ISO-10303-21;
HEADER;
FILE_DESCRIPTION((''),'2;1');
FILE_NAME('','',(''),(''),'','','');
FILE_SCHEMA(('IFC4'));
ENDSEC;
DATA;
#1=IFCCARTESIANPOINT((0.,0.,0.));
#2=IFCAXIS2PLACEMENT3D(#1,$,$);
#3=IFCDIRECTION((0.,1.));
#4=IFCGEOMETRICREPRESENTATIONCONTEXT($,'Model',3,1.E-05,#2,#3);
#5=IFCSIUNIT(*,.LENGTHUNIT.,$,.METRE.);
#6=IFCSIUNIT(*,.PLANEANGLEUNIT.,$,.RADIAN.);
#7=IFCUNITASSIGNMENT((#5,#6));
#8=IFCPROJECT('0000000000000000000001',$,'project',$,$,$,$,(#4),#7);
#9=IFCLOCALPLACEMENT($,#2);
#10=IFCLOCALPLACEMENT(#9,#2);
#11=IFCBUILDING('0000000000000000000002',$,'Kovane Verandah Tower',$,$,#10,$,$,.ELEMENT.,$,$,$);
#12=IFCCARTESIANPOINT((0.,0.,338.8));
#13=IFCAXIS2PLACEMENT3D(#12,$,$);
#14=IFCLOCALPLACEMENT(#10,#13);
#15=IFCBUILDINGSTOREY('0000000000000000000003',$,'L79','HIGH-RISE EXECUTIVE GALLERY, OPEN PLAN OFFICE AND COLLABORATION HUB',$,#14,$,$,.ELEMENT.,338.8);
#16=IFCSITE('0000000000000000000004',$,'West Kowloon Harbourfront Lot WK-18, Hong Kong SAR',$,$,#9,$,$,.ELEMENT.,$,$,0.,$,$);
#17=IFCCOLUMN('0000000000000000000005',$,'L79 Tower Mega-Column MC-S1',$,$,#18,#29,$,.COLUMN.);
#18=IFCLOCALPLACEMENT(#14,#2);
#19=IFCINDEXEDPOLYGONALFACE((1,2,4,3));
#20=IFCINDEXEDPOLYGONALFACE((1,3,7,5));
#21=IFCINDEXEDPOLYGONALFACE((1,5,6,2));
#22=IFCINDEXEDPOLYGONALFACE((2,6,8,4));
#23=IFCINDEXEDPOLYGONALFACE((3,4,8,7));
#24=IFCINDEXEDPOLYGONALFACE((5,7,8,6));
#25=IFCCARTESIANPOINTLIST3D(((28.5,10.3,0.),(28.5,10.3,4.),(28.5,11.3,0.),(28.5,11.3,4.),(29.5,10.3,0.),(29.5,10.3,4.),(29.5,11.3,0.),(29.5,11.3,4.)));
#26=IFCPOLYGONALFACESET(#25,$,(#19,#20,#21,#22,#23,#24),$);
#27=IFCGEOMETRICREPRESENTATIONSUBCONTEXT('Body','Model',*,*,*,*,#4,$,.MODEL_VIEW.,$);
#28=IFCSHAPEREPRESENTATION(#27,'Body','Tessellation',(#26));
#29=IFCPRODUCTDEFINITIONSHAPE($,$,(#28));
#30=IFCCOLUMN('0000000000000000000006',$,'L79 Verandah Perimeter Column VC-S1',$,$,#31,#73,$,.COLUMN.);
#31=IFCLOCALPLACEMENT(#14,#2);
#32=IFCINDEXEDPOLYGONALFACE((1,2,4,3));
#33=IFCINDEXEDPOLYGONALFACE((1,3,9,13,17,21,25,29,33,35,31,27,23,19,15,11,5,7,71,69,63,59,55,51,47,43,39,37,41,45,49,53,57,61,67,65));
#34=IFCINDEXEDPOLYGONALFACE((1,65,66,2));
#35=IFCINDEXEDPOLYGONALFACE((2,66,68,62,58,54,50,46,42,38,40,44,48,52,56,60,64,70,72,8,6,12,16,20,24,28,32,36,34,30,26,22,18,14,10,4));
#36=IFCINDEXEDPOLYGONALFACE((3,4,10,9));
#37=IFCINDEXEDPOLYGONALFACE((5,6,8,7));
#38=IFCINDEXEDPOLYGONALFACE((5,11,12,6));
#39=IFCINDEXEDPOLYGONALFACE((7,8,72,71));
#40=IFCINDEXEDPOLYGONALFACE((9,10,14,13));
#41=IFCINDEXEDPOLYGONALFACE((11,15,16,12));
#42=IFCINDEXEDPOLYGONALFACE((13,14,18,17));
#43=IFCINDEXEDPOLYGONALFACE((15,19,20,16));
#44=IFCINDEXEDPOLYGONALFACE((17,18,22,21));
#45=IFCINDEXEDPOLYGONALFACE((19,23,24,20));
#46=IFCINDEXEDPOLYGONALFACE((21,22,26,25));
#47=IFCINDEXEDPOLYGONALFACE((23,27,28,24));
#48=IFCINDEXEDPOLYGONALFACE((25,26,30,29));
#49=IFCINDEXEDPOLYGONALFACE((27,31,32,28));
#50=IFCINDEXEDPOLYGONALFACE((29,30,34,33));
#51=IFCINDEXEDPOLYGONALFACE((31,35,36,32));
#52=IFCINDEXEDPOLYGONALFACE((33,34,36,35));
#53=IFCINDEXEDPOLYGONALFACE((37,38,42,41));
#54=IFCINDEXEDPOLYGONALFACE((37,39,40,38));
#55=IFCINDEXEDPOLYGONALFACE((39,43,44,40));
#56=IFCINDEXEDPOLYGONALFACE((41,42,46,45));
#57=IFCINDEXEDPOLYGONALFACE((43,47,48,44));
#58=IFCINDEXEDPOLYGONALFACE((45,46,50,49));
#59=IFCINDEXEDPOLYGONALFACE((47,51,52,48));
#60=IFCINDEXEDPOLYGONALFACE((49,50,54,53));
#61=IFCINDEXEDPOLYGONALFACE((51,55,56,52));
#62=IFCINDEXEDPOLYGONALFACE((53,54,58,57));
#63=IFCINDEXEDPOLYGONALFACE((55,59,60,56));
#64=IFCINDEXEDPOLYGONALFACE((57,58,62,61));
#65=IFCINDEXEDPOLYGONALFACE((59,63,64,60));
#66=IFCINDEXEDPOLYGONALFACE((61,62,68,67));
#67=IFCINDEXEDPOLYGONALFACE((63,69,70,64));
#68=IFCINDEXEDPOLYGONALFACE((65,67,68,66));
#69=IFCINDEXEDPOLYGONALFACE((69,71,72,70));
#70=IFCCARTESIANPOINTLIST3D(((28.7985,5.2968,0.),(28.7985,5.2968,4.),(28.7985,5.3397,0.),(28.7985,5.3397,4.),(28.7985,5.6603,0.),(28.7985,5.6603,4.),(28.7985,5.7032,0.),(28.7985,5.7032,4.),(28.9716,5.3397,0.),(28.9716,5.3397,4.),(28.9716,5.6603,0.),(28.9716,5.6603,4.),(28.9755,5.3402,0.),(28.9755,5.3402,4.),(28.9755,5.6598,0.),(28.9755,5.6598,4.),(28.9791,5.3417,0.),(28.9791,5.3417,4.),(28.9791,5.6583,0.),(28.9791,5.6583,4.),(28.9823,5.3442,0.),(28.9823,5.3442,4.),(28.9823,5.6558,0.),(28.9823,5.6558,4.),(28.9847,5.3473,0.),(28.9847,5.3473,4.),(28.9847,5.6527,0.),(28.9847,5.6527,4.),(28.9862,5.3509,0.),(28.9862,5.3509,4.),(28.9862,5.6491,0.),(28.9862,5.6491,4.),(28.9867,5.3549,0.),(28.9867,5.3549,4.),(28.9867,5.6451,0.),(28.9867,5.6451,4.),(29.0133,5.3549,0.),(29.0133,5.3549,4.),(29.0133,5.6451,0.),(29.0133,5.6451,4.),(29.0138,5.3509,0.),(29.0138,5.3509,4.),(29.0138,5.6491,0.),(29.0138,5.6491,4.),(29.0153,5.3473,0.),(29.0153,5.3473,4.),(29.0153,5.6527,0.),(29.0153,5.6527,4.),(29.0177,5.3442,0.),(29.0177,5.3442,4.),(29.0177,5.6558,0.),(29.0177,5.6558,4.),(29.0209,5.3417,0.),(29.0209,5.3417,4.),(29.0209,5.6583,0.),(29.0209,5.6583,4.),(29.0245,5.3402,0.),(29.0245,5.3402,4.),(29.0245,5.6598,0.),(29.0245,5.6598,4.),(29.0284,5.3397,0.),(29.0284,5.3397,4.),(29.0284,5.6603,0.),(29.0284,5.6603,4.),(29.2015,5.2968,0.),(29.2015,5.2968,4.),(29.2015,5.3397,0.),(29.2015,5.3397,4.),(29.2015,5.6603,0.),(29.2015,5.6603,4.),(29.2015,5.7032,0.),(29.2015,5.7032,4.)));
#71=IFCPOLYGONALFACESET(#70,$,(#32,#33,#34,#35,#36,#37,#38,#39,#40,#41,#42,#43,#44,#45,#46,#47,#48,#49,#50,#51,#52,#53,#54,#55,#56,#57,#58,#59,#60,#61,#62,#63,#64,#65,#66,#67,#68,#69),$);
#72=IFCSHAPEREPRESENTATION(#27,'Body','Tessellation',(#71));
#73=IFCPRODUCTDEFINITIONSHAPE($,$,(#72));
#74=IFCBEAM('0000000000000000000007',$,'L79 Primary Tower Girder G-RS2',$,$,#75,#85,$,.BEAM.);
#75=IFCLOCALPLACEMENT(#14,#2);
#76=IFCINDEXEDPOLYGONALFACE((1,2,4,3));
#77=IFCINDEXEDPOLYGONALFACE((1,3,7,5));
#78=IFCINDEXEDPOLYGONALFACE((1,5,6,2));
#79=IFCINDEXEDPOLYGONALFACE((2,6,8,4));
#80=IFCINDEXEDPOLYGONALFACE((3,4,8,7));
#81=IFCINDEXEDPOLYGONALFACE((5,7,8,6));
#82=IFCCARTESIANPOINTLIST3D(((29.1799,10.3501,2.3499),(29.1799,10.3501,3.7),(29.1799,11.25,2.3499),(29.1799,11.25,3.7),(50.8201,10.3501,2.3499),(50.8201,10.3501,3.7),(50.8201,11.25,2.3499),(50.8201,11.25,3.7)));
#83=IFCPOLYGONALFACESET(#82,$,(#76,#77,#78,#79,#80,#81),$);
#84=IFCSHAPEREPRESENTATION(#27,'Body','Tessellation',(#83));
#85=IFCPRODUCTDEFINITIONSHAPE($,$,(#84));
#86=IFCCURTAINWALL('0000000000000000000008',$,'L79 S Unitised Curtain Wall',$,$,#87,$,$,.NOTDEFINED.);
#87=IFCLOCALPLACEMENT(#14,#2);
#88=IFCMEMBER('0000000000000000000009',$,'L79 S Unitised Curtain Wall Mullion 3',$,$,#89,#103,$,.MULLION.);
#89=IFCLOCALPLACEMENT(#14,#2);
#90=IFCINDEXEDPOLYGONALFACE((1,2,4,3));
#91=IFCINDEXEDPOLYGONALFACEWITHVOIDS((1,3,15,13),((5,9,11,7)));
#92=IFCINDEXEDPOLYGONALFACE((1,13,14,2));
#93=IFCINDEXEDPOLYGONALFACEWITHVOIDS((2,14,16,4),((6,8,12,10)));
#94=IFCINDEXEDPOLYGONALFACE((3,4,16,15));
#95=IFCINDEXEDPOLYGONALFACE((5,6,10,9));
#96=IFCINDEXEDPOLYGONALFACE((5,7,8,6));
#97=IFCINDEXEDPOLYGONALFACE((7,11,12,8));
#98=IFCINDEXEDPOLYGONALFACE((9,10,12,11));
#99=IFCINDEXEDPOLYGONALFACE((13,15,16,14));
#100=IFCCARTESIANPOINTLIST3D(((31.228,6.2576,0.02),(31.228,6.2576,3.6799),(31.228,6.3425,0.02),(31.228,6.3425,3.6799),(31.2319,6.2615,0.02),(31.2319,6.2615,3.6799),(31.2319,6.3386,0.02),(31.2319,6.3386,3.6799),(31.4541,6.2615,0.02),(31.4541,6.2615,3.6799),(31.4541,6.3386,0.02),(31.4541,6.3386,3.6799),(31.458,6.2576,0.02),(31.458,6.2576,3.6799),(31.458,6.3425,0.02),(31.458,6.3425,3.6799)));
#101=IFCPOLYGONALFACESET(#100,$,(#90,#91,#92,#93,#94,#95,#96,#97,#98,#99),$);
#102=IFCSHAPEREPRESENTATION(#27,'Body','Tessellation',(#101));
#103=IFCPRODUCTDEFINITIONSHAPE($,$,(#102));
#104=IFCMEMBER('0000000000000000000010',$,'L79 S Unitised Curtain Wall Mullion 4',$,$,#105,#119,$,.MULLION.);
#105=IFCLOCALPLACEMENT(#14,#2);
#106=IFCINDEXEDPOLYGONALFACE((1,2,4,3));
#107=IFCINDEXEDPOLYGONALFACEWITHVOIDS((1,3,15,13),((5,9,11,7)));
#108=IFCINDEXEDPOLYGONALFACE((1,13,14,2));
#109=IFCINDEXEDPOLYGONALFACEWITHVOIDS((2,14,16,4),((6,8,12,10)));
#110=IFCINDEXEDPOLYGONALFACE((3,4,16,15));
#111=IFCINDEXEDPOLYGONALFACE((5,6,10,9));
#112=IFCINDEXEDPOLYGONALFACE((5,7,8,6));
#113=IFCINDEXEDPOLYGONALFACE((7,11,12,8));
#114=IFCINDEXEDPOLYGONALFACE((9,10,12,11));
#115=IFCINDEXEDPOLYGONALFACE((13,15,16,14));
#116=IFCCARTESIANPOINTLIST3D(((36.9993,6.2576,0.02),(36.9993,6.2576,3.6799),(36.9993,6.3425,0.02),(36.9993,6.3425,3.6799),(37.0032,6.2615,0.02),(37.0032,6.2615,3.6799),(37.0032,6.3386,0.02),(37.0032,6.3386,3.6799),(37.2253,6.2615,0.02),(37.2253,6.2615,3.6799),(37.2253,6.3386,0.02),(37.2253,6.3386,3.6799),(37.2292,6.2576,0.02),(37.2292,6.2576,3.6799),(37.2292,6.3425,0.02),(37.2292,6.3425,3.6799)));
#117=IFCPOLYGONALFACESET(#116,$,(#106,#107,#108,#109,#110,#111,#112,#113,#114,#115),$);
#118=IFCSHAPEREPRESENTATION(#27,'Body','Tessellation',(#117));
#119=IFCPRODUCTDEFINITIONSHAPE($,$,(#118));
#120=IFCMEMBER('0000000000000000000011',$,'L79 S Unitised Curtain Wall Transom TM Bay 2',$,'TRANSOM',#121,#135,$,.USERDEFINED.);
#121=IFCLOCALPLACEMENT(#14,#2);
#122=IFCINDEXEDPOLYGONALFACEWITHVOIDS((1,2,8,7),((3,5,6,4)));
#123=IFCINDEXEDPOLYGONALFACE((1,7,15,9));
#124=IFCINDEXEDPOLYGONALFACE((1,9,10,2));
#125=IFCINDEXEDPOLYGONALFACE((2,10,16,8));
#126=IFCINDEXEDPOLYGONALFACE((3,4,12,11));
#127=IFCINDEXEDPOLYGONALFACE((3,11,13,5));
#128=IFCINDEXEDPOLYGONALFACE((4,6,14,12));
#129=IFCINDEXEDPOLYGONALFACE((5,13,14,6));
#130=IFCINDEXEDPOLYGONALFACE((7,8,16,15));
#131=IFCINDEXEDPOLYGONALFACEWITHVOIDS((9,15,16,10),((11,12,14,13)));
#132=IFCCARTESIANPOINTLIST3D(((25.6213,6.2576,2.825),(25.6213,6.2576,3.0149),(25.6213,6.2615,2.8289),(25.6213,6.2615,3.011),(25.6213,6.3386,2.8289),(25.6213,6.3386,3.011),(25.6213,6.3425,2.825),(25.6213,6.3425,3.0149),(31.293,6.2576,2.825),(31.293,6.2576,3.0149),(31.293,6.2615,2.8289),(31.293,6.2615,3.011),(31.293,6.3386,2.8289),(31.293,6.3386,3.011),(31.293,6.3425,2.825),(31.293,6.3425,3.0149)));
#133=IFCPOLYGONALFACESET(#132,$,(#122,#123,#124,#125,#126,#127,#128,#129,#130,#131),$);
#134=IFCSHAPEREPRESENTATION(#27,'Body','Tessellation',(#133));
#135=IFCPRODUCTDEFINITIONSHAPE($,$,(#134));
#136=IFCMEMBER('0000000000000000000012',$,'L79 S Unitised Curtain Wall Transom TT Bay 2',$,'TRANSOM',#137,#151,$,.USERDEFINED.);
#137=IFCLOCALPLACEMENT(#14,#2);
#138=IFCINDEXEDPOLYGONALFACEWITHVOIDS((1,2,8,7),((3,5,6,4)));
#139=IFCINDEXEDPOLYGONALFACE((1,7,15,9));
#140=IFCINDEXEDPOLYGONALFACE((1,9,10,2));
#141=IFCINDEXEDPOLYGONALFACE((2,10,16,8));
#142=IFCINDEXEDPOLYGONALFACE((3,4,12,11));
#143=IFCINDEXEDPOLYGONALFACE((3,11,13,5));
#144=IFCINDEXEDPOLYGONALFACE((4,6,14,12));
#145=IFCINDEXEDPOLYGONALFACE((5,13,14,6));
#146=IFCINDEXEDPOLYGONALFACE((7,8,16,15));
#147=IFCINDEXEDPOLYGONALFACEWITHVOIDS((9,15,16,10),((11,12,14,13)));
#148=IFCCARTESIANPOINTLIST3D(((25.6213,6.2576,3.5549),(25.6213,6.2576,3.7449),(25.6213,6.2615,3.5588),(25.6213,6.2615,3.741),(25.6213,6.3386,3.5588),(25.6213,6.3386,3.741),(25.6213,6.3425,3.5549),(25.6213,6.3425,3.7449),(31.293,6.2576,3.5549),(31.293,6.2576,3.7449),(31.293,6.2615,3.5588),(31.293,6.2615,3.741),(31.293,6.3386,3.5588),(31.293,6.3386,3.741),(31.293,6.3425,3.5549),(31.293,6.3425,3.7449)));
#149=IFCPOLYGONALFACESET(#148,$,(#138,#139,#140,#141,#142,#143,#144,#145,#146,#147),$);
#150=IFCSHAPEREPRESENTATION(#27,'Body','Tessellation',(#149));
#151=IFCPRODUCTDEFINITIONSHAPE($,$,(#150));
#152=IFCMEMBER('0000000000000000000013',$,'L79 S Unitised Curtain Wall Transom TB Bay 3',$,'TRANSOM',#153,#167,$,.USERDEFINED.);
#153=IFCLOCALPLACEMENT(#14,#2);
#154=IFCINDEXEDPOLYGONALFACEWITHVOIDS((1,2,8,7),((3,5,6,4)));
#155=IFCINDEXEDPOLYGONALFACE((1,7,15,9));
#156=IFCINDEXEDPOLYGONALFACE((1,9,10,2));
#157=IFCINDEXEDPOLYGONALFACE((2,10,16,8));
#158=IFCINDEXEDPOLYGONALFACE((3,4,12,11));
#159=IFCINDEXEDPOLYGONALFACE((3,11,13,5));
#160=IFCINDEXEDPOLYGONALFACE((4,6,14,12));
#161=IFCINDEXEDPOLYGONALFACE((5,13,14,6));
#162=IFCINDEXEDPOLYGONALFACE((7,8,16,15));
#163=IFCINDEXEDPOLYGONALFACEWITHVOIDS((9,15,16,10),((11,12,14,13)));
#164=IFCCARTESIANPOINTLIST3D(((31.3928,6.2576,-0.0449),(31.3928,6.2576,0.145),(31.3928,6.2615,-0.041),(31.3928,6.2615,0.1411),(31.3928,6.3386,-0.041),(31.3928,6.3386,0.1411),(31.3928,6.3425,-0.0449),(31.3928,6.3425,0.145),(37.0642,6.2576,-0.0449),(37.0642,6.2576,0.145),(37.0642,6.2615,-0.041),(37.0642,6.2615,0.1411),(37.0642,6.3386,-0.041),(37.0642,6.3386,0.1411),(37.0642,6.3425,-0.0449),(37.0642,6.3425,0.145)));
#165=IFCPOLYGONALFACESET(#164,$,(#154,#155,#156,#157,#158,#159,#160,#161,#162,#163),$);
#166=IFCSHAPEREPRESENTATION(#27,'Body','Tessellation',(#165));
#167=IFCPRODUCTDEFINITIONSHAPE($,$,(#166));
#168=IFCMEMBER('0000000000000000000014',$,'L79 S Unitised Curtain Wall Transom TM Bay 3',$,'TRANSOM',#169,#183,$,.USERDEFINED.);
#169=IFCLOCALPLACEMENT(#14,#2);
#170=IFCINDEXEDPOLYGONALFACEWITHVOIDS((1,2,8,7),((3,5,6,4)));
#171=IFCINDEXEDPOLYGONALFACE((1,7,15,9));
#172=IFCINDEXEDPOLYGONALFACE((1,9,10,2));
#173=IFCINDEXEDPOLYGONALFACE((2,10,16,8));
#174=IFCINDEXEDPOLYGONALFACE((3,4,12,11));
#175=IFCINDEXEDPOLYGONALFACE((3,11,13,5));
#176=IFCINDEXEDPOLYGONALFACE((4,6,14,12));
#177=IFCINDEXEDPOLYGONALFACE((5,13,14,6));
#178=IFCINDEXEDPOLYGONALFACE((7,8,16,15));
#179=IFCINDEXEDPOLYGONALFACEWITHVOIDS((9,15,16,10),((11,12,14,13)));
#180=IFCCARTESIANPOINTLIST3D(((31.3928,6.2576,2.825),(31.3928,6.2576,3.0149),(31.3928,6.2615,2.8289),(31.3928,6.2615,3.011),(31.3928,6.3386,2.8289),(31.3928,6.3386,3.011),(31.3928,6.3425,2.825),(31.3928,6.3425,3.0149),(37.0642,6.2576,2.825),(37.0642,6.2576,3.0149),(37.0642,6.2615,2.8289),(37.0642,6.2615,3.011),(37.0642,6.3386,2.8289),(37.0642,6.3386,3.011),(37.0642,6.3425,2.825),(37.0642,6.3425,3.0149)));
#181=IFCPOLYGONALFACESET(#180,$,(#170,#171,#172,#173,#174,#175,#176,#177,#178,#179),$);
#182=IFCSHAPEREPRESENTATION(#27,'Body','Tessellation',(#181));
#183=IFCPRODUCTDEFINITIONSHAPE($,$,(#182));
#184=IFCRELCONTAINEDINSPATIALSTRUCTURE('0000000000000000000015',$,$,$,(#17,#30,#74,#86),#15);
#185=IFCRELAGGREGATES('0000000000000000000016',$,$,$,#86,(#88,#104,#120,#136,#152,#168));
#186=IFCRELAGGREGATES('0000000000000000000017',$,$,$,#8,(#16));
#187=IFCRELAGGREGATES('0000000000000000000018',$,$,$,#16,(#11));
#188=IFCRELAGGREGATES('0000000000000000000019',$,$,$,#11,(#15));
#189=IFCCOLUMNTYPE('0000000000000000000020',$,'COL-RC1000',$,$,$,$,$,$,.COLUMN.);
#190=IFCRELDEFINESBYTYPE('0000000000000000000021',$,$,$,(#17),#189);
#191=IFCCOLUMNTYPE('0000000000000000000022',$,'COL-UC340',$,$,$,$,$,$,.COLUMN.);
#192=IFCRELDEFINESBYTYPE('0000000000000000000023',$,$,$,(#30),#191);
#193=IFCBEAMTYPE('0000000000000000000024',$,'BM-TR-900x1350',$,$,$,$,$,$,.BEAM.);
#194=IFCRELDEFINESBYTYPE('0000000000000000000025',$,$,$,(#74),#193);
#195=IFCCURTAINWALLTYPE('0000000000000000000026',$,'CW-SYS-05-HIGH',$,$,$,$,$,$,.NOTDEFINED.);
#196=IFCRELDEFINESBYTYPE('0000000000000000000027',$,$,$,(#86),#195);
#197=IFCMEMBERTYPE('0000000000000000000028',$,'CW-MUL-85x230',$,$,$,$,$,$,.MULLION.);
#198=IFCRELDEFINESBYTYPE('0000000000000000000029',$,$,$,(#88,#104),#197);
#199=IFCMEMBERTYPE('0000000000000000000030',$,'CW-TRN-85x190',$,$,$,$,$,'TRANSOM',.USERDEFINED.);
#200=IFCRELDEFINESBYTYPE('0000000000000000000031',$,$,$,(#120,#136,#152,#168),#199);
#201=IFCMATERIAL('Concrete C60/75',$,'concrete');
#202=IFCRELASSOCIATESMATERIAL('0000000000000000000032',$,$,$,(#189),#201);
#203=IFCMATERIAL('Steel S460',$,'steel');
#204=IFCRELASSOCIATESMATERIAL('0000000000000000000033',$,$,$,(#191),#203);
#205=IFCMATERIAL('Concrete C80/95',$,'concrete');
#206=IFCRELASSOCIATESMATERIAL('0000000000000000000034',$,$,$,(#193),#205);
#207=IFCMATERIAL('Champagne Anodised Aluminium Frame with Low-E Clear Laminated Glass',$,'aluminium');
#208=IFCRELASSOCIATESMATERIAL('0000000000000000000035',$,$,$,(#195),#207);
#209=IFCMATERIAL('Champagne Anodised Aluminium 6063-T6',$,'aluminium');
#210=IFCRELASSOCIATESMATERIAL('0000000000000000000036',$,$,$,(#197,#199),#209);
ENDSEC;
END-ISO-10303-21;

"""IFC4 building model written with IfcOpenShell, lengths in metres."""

from ifc_helpers import new_model, si_unit, direction, frame, origin, origin_2d, place, context, subcontext, project, spatial, rectangle, hollow_rectangle, i_section, extrude, material, material_profile, profile_set, type_object, element, aggregate, save


model = new_model("IFC4")

# Units and contexts
model_context = context("Model", 3, precision=1e-05, world=origin(), true_north=direction((0.0, 1.0)))
body_context = subcontext(model_context, "Body", "Model", "MODEL_VIEW")
ifc_project = project(units=[si_unit("LENGTHUNIT", "METRE"), si_unit("PLANEANGLEUNIT", "RADIAN")], contexts=[model_context])

# Site, building, storey
site_placement = place(None, origin())
site = spatial("IfcSite", under=ifc_project, at=site_placement, Name="West Kowloon Harbourfront Lot WK-18, Hong Kong SAR", CompositionType="ELEMENT", RefElevation=0.0)
building_placement = place(site_placement, origin())
building = spatial("IfcBuilding", under=site, at=building_placement, Name="Kovane Verandah Tower", CompositionType="ELEMENT")
storey_placement = place(building_placement, frame((0.0, 0.0, 338.8)))
storey = spatial("IfcBuildingStorey", under=building, at=storey_placement, Name="L79", Description="HIGH-RISE EXECUTIVE GALLERY, OPEN PLAN OFFICE AND COLLABORATION HUB", CompositionType="ELEMENT", Elevation=338.8)

# Columns
ifc_material_1 = material(Name="Concrete C60/75", Category="concrete")
ifc_material_profile_1 = material_profile(ifc_material_1, rectangle(XDim=1.0, YDim=1.0, at=origin_2d()), Name="RC1000x1000")
ifc_profile_set_1 = profile_set([ifc_material_profile_1], Name="Concrete C60/75")
column_type_1 = type_object("IfcColumnType", Name="COL-RC1000", PredefinedType="COLUMN", material=ifc_profile_set_1)
column_1_placement = place(storey_placement, frame((29.0, 10.8, 0.0), z_axis=(0.0, 0.0, 1.0), x_axis=(1.0, 0.0, 0.0)))
element("IfcColumn", 1, at=column_1_placement, inside=storey, type_object=column_type_1, Name="L79 Tower Mega-Column MC-S1", PredefinedType="COLUMN", context=body_context, shape_type="SweptSolid", body=[
    extrude(rectangle(XDim=1.0, YDim=1.0, at=origin_2d()), origin(), (0.0, 0.0, 1.0), 4.0),
])
ifc_material_2 = material(Name="Steel S460", Category="steel")
ifc_material_profile_2 = material_profile(ifc_material_2, i_section(OverallWidth=0.4031, OverallDepth=0.4065, WebThickness=0.0266, FlangeThickness=0.043, FilletRadius=0.0151, at=origin_2d()), Name="UC356x406x340")
ifc_profile_set_2 = profile_set([ifc_material_profile_2], Name="Steel S460")
column_type_2 = type_object("IfcColumnType", Name="COL-UC340", PredefinedType="COLUMN", material=ifc_profile_set_2)
column_2_placement = place(storey_placement, frame((29.0, 5.5, 0.0), z_axis=(0.0, 0.0, 1.0), x_axis=(1.0, 0.0, 0.0)))
element("IfcColumn", 2, at=column_2_placement, inside=storey, type_object=column_type_2, Name="L79 Verandah Perimeter Column VC-S1", PredefinedType="COLUMN", context=body_context, shape_type="SweptSolid", body=[
    extrude(i_section(OverallWidth=0.4031, OverallDepth=0.4065, WebThickness=0.0266, FlangeThickness=0.043, FilletRadius=0.0151, at=origin_2d()), origin(), (0.0, 0.0, 1.0), 4.0),
])

# Beam
ifc_material_3 = material(Name="Concrete C80/95", Category="concrete")
ifc_material_profile_3 = material_profile(ifc_material_3, rectangle(XDim=0.8999, YDim=1.3501, at=origin_2d()), Name="RCB900x1350")
ifc_profile_set_3 = profile_set([ifc_material_profile_3], Name="Concrete C80/95")
beam_type = type_object("IfcBeamType", Name="BM-TR-900x1350", PredefinedType="BEAM", material=ifc_profile_set_3)
beam_placement = place(storey_placement, frame((29.1799, 10.8, 3.0249), z_axis=(1.0, 0.0, 0.0), x_axis=(0.0, 1.0, 0.0)))
element("IfcBeam", 3, at=beam_placement, inside=storey, type_object=beam_type, Name="L79 Primary Tower Girder G-RS2", PredefinedType="BEAM", context=body_context, shape_type="SweptSolid", body=[
    extrude(rectangle(XDim=0.8999, YDim=1.3501, at=origin_2d()), origin(), (0.0, 0.0, 1.0), 21.6401),
])

# Curtain wall, members
ifc_material_4 = material(Name="Champagne Anodised Aluminium Frame with Low-E Clear Laminated Glass", Category="aluminium")
curtain_wall_type = type_object("IfcCurtainWallType", Name="CW-SYS-05-HIGH", PredefinedType="NOTDEFINED", material=ifc_material_4)
curtain_wall_placement = place(storey_placement, origin())
curtain_wall = element("IfcCurtainWall", 4, at=curtain_wall_placement, inside=storey, type_object=curtain_wall_type, Name="L79 S Unitised Curtain Wall", PredefinedType="NOTDEFINED")
ifc_material_5 = material(Name="Champagne Anodised Aluminium 6063-T6", Category="aluminium")
ifc_material_profile_4 = material_profile(ifc_material_5, hollow_rectangle(XDim=0.085, YDim=0.23, WallThickness=0.0039, at=origin_2d()), Name="AL85x230x4")
ifc_profile_set_4 = profile_set([ifc_material_profile_4], Name="Champagne Anodised Aluminium 6063-T6")
member_type_1 = type_object("IfcMemberType", Name="CW-MUL-85x230", PredefinedType="MULLION", material=ifc_profile_set_4)
member_1_placement = place(storey_placement, frame((31.343, 6.3, 0.02), z_axis=(0.0, 0.0, 1.0), x_axis=(0.0, -1.0, 0.0)))
member_1 = element("IfcMember", 5, at=member_1_placement, type_object=member_type_1, Name="L79 S Unitised Curtain Wall Mullion 3", PredefinedType="MULLION", context=body_context, shape_type="SweptSolid", body=[
    extrude(hollow_rectangle(XDim=0.085, YDim=0.23, WallThickness=0.0039, at=origin_2d()), origin(), (0.0, 0.0, 1.0), 3.6599),
])
member_2_placement = place(storey_placement, frame((37.1143, 6.3, 0.02), z_axis=(0.0, 0.0, 1.0), x_axis=(0.0, -1.0, 0.0)))
member_2 = element("IfcMember", 6, at=member_2_placement, type_object=member_type_1, Name="L79 S Unitised Curtain Wall Mullion 4", PredefinedType="MULLION", context=body_context, shape_type="SweptSolid", body=[
    extrude(hollow_rectangle(XDim=0.085, YDim=0.23, WallThickness=0.0039, at=origin_2d()), origin(), (0.0, 0.0, 1.0), 3.6599),
])
ifc_material_profile_5 = material_profile(ifc_material_5, hollow_rectangle(XDim=0.085, YDim=0.1899, WallThickness=0.0039, at=origin_2d()), Name="AL85x190x4")
ifc_profile_set_5 = profile_set([ifc_material_profile_5], Name="Champagne Anodised Aluminium 6063-T6")
member_type_2 = type_object("IfcMemberType", Name="CW-TRN-85x190", ElementType="TRANSOM", PredefinedType="USERDEFINED", material=ifc_profile_set_5)
member_3_placement = place(storey_placement, frame((25.6213, 6.3, 2.9199), z_axis=(1.0, 0.0, 0.0), x_axis=(0.0, 1.0, 0.0)))
member_3 = element("IfcMember", 7, at=member_3_placement, type_object=member_type_2, Name="L79 S Unitised Curtain Wall Transom TM Bay 2", ObjectType="TRANSOM", PredefinedType="USERDEFINED", context=body_context, shape_type="SweptSolid", body=[
    extrude(hollow_rectangle(XDim=0.085, YDim=0.1899, WallThickness=0.0039, at=origin_2d()), origin(), (0.0, 0.0, 1.0), 5.6716),
])
member_4_placement = place(storey_placement, frame((25.6213, 6.3, 3.6499), z_axis=(1.0, 0.0, 0.0), x_axis=(0.0, 1.0, 0.0)))
member_4 = element("IfcMember", 8, at=member_4_placement, type_object=member_type_2, Name="L79 S Unitised Curtain Wall Transom TT Bay 2", ObjectType="TRANSOM", PredefinedType="USERDEFINED", context=body_context, shape_type="SweptSolid", body=[
    extrude(hollow_rectangle(XDim=0.085, YDim=0.1899, WallThickness=0.0039, at=origin_2d()), origin(), (0.0, 0.0, 1.0), 5.6716),
])
member_5_placement = place(storey_placement, frame((31.3928, 6.3, 0.05), z_axis=(1.0, 0.0, 0.0), x_axis=(0.0, 1.0, 0.0)))
member_5 = element("IfcMember", 9, at=member_5_placement, type_object=member_type_2, Name="L79 S Unitised Curtain Wall Transom TB Bay 3", ObjectType="TRANSOM", PredefinedType="USERDEFINED", context=body_context, shape_type="SweptSolid", body=[
    extrude(hollow_rectangle(XDim=0.085, YDim=0.1899, WallThickness=0.0039, at=origin_2d()), origin(), (0.0, 0.0, 1.0), 5.6714),
])
member_6_placement = place(storey_placement, frame((31.3928, 6.3, 2.9199), z_axis=(1.0, 0.0, 0.0), x_axis=(0.0, 1.0, 0.0)))
member_6 = element("IfcMember", 10, at=member_6_placement, type_object=member_type_2, Name="L79 S Unitised Curtain Wall Transom TM Bay 3", ObjectType="TRANSOM", PredefinedType="USERDEFINED", context=body_context, shape_type="SweptSolid", body=[
    extrude(hollow_rectangle(XDim=0.085, YDim=0.1899, WallThickness=0.0039, at=origin_2d()), origin(), (0.0, 0.0, 1.0), 5.6714),
])
aggregate(curtain_wall, [member_1, member_2, member_3, member_4, member_5, member_6])

save(model, "model.ifc")
